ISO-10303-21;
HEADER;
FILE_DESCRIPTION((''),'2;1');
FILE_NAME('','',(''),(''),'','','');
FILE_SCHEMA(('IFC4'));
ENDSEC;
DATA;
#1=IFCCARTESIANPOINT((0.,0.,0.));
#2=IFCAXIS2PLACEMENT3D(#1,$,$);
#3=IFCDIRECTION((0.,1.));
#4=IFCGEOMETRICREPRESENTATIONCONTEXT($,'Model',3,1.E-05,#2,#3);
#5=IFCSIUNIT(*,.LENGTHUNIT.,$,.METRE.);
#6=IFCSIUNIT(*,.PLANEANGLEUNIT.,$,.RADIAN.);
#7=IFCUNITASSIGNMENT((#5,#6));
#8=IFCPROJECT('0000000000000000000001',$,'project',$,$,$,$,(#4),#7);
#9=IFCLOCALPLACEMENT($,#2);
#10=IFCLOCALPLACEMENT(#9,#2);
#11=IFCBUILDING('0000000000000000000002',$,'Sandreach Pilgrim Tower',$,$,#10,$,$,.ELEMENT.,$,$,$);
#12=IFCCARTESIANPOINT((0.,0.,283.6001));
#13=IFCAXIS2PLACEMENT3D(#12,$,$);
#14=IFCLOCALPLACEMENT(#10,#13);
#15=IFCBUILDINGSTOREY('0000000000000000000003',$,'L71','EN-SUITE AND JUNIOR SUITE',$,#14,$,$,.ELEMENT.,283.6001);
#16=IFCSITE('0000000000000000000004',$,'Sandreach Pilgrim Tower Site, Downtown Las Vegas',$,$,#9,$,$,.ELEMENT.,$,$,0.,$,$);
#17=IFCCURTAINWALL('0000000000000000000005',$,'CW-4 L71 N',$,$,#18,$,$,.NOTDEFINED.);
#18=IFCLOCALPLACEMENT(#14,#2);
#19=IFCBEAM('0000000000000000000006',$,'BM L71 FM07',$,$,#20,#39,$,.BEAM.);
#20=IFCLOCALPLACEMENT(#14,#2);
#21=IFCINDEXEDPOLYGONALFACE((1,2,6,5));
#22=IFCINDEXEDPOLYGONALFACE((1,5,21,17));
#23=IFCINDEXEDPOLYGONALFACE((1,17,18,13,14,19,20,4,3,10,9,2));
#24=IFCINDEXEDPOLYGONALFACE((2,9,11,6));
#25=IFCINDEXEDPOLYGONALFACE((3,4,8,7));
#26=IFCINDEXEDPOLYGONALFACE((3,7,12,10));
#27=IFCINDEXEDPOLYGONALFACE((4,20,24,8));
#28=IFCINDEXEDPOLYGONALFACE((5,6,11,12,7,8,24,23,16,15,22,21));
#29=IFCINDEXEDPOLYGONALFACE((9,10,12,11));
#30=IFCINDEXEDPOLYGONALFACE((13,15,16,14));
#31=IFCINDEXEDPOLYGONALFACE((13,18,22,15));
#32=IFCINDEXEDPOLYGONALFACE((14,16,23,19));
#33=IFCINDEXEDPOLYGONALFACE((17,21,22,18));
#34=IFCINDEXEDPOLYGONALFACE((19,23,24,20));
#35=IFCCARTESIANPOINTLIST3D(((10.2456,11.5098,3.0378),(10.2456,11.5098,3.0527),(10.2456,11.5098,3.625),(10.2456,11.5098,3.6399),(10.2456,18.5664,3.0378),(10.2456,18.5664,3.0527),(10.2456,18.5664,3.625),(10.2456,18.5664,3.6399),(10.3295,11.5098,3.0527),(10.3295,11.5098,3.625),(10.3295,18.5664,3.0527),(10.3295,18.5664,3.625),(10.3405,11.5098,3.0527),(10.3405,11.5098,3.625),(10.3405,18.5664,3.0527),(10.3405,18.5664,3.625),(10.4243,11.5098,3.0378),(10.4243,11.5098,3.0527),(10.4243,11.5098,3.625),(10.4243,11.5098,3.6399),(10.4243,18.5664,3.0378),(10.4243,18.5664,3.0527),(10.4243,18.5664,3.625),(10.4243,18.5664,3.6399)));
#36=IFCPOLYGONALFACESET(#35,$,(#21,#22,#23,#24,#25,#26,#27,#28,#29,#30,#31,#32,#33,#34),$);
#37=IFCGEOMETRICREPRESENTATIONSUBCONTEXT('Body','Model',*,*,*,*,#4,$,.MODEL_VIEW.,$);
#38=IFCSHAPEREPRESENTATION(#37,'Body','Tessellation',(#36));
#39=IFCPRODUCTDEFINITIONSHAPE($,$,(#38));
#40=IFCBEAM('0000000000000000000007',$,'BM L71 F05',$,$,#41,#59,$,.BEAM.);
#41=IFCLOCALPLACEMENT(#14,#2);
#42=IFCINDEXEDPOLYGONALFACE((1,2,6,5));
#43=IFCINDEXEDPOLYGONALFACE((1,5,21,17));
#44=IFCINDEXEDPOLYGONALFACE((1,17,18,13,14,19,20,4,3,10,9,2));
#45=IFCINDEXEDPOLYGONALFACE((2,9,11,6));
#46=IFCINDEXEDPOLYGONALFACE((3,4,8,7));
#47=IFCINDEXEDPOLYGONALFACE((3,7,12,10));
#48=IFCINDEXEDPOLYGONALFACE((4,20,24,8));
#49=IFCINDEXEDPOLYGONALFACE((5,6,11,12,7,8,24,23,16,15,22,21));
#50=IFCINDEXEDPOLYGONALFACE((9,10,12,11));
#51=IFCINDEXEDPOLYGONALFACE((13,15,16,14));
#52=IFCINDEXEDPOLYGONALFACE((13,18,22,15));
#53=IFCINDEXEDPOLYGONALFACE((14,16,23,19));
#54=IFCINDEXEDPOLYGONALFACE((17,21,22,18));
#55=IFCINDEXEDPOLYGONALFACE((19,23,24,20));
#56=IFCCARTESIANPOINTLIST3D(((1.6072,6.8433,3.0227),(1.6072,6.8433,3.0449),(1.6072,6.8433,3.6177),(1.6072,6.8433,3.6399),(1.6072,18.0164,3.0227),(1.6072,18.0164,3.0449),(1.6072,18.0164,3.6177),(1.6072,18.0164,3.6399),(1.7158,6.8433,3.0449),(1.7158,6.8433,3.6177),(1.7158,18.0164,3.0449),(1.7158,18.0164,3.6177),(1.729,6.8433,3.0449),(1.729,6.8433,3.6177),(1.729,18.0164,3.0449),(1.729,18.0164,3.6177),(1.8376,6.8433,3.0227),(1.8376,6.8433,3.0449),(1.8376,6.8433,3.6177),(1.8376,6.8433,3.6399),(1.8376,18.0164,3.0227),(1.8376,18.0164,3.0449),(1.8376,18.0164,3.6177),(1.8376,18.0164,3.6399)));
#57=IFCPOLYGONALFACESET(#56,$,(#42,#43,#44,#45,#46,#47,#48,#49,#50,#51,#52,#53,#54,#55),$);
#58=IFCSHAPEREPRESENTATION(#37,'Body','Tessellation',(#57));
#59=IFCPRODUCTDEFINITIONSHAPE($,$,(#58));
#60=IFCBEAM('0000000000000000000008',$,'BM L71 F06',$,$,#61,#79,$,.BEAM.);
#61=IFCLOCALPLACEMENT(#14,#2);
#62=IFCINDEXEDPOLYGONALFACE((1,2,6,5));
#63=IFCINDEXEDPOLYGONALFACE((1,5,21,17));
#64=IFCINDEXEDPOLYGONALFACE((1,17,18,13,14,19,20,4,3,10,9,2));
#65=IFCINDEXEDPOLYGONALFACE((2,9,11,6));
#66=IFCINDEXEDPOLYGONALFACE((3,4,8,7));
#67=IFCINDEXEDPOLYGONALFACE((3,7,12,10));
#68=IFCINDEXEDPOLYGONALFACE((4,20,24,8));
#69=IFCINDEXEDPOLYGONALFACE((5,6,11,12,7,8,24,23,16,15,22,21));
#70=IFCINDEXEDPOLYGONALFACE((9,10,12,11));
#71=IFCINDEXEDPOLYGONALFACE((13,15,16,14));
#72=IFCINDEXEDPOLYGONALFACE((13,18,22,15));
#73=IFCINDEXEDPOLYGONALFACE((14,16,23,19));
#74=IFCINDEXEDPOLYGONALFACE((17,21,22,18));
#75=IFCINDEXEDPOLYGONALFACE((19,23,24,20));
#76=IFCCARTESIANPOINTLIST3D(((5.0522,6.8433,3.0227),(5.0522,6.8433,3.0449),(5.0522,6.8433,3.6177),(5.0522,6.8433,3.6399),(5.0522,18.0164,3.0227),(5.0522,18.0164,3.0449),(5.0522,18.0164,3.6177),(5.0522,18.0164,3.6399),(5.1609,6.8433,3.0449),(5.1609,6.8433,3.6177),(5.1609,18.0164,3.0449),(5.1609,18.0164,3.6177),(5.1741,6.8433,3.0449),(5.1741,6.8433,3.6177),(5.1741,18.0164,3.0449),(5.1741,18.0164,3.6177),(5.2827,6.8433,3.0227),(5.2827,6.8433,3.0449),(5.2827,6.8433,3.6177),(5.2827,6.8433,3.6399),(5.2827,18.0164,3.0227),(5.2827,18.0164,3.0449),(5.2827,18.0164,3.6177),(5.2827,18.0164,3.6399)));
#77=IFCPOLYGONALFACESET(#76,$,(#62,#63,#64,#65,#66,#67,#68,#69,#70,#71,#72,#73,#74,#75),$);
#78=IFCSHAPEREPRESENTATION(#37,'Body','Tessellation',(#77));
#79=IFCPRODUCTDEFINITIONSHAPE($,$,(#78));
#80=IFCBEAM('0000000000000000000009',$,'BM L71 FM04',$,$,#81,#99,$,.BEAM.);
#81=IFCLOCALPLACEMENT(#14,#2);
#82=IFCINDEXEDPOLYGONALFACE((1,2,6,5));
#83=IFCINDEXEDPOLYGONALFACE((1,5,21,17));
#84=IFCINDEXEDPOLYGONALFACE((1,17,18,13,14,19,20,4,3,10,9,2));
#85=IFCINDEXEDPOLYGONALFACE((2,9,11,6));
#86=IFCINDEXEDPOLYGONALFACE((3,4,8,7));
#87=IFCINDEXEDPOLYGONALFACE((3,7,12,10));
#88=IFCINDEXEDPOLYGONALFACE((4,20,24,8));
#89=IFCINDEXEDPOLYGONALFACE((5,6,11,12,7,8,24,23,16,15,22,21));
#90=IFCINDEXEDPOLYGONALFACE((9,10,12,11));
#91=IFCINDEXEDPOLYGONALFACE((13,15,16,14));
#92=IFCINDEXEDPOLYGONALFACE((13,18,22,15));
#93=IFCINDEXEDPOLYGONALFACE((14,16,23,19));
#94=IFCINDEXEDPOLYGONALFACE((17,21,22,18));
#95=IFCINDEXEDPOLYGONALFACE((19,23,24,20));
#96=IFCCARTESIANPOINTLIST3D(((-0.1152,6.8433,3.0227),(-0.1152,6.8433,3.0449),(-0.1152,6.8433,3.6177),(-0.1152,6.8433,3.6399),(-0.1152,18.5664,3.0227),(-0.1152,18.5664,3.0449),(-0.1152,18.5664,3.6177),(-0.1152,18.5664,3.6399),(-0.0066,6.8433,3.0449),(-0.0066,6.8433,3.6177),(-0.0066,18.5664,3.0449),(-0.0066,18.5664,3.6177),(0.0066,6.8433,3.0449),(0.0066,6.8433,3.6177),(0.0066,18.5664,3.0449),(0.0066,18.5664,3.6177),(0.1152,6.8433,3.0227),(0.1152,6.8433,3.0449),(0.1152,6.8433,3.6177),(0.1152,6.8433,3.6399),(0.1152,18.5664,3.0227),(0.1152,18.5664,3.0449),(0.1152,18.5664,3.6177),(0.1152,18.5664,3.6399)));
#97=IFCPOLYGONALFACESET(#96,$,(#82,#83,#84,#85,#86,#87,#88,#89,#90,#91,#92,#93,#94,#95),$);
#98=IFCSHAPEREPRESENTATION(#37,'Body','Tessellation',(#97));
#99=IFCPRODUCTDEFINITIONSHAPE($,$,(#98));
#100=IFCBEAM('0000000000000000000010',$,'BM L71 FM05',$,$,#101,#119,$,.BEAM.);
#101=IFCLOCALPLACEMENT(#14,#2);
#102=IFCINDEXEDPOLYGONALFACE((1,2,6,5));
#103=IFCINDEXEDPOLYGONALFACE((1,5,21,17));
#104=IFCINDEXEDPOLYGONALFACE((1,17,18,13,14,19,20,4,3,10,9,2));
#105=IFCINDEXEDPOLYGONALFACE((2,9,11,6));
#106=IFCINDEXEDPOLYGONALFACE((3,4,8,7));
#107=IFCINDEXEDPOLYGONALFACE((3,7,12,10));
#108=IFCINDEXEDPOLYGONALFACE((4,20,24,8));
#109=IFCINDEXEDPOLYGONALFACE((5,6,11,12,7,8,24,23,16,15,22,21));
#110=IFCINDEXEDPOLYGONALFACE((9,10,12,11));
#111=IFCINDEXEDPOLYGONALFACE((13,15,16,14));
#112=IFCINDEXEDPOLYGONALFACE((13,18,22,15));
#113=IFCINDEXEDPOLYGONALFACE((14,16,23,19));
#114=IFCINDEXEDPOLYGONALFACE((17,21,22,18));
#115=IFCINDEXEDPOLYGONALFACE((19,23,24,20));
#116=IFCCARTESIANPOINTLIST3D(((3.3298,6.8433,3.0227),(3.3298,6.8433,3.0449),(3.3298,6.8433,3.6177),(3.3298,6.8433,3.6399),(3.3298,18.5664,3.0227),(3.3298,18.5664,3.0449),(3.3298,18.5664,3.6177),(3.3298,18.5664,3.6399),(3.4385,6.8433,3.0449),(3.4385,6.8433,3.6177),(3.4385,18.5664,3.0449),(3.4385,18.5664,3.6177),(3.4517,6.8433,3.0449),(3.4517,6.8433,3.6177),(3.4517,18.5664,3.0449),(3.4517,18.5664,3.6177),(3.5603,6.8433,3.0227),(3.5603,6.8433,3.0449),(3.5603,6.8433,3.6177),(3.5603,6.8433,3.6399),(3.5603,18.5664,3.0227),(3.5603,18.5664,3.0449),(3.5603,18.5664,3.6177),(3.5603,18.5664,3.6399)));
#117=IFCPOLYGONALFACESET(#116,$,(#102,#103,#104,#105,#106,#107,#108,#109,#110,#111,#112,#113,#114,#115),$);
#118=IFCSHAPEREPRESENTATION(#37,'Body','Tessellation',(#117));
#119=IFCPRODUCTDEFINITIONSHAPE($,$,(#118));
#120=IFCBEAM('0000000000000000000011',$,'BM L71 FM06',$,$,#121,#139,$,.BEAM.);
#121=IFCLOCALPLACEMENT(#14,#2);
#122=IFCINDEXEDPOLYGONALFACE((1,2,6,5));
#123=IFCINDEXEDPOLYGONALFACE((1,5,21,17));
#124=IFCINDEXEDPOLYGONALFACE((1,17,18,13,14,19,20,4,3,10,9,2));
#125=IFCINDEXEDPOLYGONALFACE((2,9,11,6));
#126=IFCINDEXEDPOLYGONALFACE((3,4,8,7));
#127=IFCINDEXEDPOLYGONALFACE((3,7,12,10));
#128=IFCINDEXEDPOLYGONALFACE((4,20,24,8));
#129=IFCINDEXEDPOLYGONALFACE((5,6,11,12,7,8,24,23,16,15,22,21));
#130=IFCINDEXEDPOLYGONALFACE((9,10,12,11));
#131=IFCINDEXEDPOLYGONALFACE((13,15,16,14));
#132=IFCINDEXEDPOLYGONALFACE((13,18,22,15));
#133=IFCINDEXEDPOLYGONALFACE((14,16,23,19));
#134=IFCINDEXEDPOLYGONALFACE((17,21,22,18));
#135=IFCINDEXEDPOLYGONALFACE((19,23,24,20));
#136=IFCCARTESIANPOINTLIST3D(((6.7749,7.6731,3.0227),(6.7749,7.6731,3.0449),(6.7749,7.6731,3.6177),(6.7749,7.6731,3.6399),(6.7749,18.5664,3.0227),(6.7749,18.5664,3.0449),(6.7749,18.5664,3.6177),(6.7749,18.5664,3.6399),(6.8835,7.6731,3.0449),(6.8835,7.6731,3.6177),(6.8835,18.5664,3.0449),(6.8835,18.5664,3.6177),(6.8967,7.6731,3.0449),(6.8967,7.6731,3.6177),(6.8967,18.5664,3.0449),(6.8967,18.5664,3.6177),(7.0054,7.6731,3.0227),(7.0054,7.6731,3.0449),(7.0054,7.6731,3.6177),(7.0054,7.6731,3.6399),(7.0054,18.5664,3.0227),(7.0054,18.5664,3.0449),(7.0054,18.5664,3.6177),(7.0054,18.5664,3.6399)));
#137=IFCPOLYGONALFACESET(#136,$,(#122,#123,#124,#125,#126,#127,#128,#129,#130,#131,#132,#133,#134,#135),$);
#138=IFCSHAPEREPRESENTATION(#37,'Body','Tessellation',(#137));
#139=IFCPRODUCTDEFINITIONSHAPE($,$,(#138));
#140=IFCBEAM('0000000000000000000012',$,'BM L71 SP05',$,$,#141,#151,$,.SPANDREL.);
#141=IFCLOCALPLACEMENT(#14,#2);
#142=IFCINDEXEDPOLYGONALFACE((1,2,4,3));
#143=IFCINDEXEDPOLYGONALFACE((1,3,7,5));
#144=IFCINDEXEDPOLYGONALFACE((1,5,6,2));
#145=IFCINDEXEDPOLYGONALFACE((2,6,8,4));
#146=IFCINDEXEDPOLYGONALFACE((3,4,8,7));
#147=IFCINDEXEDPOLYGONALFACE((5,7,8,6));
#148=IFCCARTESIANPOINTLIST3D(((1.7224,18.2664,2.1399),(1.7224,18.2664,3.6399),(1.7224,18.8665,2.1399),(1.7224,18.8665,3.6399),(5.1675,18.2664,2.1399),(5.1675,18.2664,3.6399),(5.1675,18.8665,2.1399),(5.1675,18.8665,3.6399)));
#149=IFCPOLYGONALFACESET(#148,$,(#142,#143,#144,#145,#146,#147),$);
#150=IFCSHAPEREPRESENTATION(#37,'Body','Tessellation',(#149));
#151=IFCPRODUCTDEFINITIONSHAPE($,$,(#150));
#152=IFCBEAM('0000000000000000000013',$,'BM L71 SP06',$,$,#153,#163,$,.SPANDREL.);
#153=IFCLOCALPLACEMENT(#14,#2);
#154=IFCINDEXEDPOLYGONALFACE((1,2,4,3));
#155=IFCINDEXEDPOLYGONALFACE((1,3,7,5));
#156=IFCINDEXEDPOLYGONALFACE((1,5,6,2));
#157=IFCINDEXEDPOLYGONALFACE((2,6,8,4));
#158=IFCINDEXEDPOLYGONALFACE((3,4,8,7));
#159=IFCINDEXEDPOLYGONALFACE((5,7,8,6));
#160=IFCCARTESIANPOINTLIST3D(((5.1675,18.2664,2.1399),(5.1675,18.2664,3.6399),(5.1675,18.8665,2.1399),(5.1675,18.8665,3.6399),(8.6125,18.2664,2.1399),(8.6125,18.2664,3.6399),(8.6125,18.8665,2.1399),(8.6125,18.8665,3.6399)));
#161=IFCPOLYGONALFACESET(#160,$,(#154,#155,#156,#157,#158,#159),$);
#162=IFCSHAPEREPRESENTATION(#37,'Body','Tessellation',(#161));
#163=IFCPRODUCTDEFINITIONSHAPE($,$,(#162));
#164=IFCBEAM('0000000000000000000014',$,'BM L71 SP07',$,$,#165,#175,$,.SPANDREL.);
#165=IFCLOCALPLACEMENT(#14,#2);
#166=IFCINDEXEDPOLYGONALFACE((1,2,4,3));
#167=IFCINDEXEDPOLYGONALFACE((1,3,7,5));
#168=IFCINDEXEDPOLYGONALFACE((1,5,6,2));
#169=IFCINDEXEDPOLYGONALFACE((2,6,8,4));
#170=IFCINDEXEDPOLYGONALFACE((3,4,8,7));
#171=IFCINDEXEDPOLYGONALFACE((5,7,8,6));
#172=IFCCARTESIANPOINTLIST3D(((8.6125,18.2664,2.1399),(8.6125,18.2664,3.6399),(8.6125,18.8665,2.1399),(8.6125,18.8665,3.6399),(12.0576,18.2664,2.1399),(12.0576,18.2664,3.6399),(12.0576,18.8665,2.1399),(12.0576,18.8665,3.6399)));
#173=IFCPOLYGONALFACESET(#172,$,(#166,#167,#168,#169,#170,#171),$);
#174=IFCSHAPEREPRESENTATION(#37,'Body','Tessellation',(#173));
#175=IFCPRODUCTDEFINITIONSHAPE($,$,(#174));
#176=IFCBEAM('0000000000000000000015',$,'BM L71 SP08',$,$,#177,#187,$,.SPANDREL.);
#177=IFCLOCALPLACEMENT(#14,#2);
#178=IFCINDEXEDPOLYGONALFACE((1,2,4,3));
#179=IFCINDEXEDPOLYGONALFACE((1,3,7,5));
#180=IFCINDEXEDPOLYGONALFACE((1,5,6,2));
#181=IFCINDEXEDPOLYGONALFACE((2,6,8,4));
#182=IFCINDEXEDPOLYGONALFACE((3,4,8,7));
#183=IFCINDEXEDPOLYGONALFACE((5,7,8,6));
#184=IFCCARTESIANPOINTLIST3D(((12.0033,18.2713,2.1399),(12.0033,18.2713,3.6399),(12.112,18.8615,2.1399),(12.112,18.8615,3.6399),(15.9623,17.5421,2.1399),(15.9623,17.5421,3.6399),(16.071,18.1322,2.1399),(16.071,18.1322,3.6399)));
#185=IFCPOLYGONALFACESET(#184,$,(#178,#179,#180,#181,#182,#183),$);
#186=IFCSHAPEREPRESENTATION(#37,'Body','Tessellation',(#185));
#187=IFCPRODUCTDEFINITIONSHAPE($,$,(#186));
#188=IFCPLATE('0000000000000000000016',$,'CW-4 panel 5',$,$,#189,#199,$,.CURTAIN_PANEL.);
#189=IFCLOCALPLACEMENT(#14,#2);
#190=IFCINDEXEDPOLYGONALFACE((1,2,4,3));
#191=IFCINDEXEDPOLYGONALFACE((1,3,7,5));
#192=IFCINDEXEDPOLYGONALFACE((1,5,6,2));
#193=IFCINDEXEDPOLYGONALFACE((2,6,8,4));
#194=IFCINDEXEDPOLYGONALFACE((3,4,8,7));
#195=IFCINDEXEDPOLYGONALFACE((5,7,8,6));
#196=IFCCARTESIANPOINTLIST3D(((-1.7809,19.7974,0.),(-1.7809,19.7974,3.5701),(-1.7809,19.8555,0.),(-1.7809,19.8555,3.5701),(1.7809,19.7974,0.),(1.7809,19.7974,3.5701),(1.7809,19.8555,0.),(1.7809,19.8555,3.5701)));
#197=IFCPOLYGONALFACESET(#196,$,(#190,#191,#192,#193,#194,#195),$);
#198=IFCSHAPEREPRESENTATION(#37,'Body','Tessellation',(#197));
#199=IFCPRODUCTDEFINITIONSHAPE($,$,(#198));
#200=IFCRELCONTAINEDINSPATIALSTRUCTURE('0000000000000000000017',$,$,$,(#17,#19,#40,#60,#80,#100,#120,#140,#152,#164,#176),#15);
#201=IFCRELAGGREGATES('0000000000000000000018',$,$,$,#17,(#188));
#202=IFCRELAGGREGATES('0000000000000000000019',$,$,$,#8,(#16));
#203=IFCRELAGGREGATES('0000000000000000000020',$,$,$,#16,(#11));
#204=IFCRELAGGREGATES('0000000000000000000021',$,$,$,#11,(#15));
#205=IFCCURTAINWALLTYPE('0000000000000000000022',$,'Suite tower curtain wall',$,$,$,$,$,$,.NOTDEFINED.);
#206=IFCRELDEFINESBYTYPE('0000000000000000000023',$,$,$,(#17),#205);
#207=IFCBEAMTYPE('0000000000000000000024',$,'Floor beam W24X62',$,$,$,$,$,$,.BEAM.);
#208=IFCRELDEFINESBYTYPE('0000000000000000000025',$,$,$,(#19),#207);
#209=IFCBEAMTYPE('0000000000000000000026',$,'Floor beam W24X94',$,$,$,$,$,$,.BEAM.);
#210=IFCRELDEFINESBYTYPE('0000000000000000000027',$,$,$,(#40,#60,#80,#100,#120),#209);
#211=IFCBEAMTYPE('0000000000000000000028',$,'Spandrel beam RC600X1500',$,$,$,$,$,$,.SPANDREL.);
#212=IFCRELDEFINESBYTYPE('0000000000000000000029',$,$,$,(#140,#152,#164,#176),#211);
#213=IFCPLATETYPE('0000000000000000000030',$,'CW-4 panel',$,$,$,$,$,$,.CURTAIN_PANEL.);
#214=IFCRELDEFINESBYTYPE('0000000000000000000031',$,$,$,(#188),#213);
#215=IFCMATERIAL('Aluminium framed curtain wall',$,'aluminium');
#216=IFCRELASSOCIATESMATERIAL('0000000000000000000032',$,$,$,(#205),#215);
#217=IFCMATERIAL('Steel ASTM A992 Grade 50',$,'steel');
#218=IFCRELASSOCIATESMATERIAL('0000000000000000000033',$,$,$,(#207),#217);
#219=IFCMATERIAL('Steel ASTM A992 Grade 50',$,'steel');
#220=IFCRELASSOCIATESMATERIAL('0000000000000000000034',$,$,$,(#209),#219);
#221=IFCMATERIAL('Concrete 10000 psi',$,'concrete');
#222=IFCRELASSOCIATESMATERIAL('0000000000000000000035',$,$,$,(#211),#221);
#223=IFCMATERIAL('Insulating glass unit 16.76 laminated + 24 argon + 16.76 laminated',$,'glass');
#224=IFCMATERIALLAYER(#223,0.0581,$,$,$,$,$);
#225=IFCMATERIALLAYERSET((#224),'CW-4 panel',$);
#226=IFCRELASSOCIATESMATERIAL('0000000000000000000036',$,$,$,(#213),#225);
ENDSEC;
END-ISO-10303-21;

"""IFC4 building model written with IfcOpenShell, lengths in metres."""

from ifc_helpers import new_model, si_unit, direction, frame, origin, origin_2d, place, context, subcontext, project, spatial, rectangle, i_section, extrude, material, layer, layer_set, material_profile, profile_set, type_object, element, aggregate, save


model = new_model("IFC4")

# Units and contexts
model_context = context("Model", 3, precision=1e-05, world=origin(), true_north=direction((0.0, 1.0)))
body_context = subcontext(model_context, "Body", "Model", "MODEL_VIEW")
ifc_project = project(units=[si_unit("LENGTHUNIT", "METRE"), si_unit("PLANEANGLEUNIT", "RADIAN")], contexts=[model_context])

# Site, building, storey
site_placement = place(None, origin())
site = spatial("IfcSite", under=ifc_project, at=site_placement, Name="Sandreach Pilgrim Tower Site, Downtown Las Vegas", CompositionType="ELEMENT", RefElevation=0.0)
building_placement = place(site_placement, origin())
building = spatial("IfcBuilding", under=site, at=building_placement, Name="Sandreach Pilgrim Tower", CompositionType="ELEMENT")
storey_placement = place(building_placement, frame((0.0, 0.0, 283.6001)))
storey = spatial("IfcBuildingStorey", under=building, at=storey_placement, Name="L71", Description="EN-SUITE AND JUNIOR SUITE", CompositionType="ELEMENT", Elevation=283.6001)

# Curtain wall
ifc_material_1 = material(Name="Aluminium framed curtain wall", Category="aluminium")
curtain_wall_type = type_object("IfcCurtainWallType", Name="Suite tower curtain wall", PredefinedType="NOTDEFINED", material=ifc_material_1)
curtain_wall_placement = place(storey_placement, origin())
curtain_wall = element("IfcCurtainWall", 1, at=curtain_wall_placement, inside=storey, type_object=curtain_wall_type, Name="CW-4 L71 N", PredefinedType="NOTDEFINED")

# Beams
ifc_material_2 = material(Name="Steel ASTM A992 Grade 50", Category="steel")
ifc_material_profile_1 = material_profile(ifc_material_2, i_section(OverallWidth=0.1787, OverallDepth=0.6021, WebThickness=0.011, FlangeThickness=0.0149, at=origin_2d()), Name="W24X62")
ifc_profile_set_1 = profile_set([ifc_material_profile_1], Name="Steel ASTM A992 Grade 50")
beam_type_1 = type_object("IfcBeamType", Name="Floor beam W24X62", PredefinedType="BEAM", material=ifc_profile_set_1)
beam_1_placement = place(storey_placement, frame((10.335, 18.5664, 3.3389), z_axis=(0.0, -1.0, 0.0), x_axis=(1.0, 0.0, 0.0)))
element("IfcBeam", 2, at=beam_1_placement, inside=storey, type_object=beam_type_1, Name="BM L71 FM07", PredefinedType="BEAM", context=body_context, shape_type="SweptSolid", body=[
    extrude(i_section(OverallWidth=0.1787, OverallDepth=0.6021, WebThickness=0.011, FlangeThickness=0.0149, at=origin_2d()), origin(), (0.0, 0.0, 1.0), 7.0566),
])
ifc_material_3 = material(Name="Steel ASTM A992 Grade 50", Category="steel")
ifc_material_profile_2 = material_profile(ifc_material_3, i_section(OverallWidth=0.2305, OverallDepth=0.6172, WebThickness=0.0132, FlangeThickness=0.0222, at=origin_2d()), Name="W24X94")
ifc_profile_set_2 = profile_set([ifc_material_profile_2], Name="Steel ASTM A992 Grade 50")
beam_type_2 = type_object("IfcBeamType", Name="Floor beam W24X94", PredefinedType="BEAM", material=ifc_profile_set_2)
for number, where, z_axis, x_axis, name in (
    (3, (1.7224, 18.0164, 3.3313), (0.0, -1.0, 0.0), (1.0, 0.0, 0.0), "BM L71 F05"),
    (4, (5.1675, 18.0164, 3.3313), (0.0, -1.0, 0.0), (1.0, 0.0, 0.0), "BM L71 F06"),
):
    element("IfcBeam", number, at=place(storey_placement, frame(where, z_axis=z_axis, x_axis=x_axis)), inside=storey, type_object=beam_type_2, Name=name, PredefinedType="BEAM", context=body_context, shape_type="SweptSolid", body=[
        extrude(i_section(OverallWidth=0.2305, OverallDepth=0.6172, WebThickness=0.0132, FlangeThickness=0.0222, at=origin_2d()), origin(), (0.0, 0.0, 1.0), 11.1731),
    ])
for number, where, z_axis, x_axis, name in (
    (5, (0.0, 18.5664, 3.3313), (0.0, -1.0, 0.0), (1.0, 0.0, 0.0), "BM L71 FM04"),
    (6, (3.4451, 18.5664, 3.3313), (0.0, -1.0, 0.0), (1.0, 0.0, 0.0), "BM L71 FM05"),
):
    element("IfcBeam", number, at=place(storey_placement, frame(where, z_axis=z_axis, x_axis=x_axis)), inside=storey, type_object=beam_type_2, Name=name, PredefinedType="BEAM", context=body_context, shape_type="SweptSolid", body=[
        extrude(i_section(OverallWidth=0.2305, OverallDepth=0.6172, WebThickness=0.0132, FlangeThickness=0.0222, at=origin_2d()), origin(), (0.0, 0.0, 1.0), 11.7231),
    ])
beam_2_placement = place(storey_placement, frame((6.8901, 18.5664, 3.3313), z_axis=(0.0, -1.0, 0.0), x_axis=(1.0, 0.0, 0.0)))
element("IfcBeam", 7, at=beam_2_placement, inside=storey, type_object=beam_type_2, Name="BM L71 FM06", PredefinedType="BEAM", context=body_context, shape_type="SweptSolid", body=[
    extrude(i_section(OverallWidth=0.2305, OverallDepth=0.6172, WebThickness=0.0132, FlangeThickness=0.0222, at=origin_2d()), origin(), (0.0, 0.0, 1.0), 10.8933),
])
ifc_material_4 = material(Name="Concrete 10000 psi", Category="concrete")
ifc_material_profile_3 = material_profile(ifc_material_4, rectangle(XDim=0.6001, YDim=1.5, at=origin_2d()), Name="RC600X1500")
ifc_profile_set_3 = profile_set([ifc_material_profile_3], Name="Concrete 10000 psi")
beam_type_3 = type_object("IfcBeamType", Name="Spandrel beam RC600X1500", PredefinedType="SPANDREL", material=ifc_profile_set_3)
for number, where, z_axis, x_axis, name in (
    (8, (1.7224, 18.5664, 2.8899), (1.0, 0.0, 0.0), (0.0, 1.0, 0.0), "BM L71 SP05"),
    (9, (5.1675, 18.5664, 2.8899), (1.0, 0.0, 0.0), (0.0, 1.0, 0.0), "BM L71 SP06"),
    (10, (8.6125, 18.5664, 2.8899), (1.0, 0.0, 0.0), (0.0, 1.0, 0.0), "BM L71 SP07"),
):
    element("IfcBeam", number, at=place(storey_placement, frame(where, z_axis=z_axis, x_axis=x_axis)), inside=storey, type_object=beam_type_3, Name=name, PredefinedType="SPANDREL", context=body_context, shape_type="SweptSolid", body=[
        extrude(rectangle(XDim=0.6001, YDim=1.5, at=origin_2d()), origin(), (0.0, 0.0, 1.0), 3.4451),
    ])
beam_3_placement = place(storey_placement, frame((12.0576, 18.5664, 2.8899), z_axis=(0.983455, -0.181153, 0.0), x_axis=(0.181153, 0.983455, 0.0)))
element("IfcBeam", 11, at=beam_3_placement, inside=storey, type_object=beam_type_3, Name="BM L71 SP08", PredefinedType="SPANDREL", context=body_context, shape_type="SweptSolid", body=[
    extrude(rectangle(XDim=0.6001, YDim=1.5, at=origin_2d()), origin(), (0.0, 0.0, 1.0), 4.0256),
])

# Plate
ifc_material_5 = material(Name="Insulating glass unit 16.76 laminated + 24 argon + 16.76 laminated", Category="glass")
ifc_layer_1 = layer(ifc_material_5, 0.0581)
ifc_layer_set_1 = layer_set([ifc_layer_1], Name="CW-4 panel")
plate_type = type_object("IfcPlateType", Name="CW-4 panel", PredefinedType="CURTAIN_PANEL", material=ifc_layer_set_1)
plate_1_placement = place(storey_placement, frame((0.0, 19.8264, 0.0), z_axis=(0.0, 0.0, 1.0), x_axis=(1.0, 0.0, 0.0)))
plate_1 = element("IfcPlate", 12, at=plate_1_placement, type_object=plate_type, Name="CW-4 panel 5", PredefinedType="CURTAIN_PANEL", context=body_context, shape_type="SweptSolid", body=[
    extrude(rectangle(XDim=3.5618, YDim=0.0581, at=origin_2d()), origin(), (0.0, 0.0, 1.0), 3.5701),
])
aggregate(curtain_wall, [plate_1])

save(model, "model.ifc")
